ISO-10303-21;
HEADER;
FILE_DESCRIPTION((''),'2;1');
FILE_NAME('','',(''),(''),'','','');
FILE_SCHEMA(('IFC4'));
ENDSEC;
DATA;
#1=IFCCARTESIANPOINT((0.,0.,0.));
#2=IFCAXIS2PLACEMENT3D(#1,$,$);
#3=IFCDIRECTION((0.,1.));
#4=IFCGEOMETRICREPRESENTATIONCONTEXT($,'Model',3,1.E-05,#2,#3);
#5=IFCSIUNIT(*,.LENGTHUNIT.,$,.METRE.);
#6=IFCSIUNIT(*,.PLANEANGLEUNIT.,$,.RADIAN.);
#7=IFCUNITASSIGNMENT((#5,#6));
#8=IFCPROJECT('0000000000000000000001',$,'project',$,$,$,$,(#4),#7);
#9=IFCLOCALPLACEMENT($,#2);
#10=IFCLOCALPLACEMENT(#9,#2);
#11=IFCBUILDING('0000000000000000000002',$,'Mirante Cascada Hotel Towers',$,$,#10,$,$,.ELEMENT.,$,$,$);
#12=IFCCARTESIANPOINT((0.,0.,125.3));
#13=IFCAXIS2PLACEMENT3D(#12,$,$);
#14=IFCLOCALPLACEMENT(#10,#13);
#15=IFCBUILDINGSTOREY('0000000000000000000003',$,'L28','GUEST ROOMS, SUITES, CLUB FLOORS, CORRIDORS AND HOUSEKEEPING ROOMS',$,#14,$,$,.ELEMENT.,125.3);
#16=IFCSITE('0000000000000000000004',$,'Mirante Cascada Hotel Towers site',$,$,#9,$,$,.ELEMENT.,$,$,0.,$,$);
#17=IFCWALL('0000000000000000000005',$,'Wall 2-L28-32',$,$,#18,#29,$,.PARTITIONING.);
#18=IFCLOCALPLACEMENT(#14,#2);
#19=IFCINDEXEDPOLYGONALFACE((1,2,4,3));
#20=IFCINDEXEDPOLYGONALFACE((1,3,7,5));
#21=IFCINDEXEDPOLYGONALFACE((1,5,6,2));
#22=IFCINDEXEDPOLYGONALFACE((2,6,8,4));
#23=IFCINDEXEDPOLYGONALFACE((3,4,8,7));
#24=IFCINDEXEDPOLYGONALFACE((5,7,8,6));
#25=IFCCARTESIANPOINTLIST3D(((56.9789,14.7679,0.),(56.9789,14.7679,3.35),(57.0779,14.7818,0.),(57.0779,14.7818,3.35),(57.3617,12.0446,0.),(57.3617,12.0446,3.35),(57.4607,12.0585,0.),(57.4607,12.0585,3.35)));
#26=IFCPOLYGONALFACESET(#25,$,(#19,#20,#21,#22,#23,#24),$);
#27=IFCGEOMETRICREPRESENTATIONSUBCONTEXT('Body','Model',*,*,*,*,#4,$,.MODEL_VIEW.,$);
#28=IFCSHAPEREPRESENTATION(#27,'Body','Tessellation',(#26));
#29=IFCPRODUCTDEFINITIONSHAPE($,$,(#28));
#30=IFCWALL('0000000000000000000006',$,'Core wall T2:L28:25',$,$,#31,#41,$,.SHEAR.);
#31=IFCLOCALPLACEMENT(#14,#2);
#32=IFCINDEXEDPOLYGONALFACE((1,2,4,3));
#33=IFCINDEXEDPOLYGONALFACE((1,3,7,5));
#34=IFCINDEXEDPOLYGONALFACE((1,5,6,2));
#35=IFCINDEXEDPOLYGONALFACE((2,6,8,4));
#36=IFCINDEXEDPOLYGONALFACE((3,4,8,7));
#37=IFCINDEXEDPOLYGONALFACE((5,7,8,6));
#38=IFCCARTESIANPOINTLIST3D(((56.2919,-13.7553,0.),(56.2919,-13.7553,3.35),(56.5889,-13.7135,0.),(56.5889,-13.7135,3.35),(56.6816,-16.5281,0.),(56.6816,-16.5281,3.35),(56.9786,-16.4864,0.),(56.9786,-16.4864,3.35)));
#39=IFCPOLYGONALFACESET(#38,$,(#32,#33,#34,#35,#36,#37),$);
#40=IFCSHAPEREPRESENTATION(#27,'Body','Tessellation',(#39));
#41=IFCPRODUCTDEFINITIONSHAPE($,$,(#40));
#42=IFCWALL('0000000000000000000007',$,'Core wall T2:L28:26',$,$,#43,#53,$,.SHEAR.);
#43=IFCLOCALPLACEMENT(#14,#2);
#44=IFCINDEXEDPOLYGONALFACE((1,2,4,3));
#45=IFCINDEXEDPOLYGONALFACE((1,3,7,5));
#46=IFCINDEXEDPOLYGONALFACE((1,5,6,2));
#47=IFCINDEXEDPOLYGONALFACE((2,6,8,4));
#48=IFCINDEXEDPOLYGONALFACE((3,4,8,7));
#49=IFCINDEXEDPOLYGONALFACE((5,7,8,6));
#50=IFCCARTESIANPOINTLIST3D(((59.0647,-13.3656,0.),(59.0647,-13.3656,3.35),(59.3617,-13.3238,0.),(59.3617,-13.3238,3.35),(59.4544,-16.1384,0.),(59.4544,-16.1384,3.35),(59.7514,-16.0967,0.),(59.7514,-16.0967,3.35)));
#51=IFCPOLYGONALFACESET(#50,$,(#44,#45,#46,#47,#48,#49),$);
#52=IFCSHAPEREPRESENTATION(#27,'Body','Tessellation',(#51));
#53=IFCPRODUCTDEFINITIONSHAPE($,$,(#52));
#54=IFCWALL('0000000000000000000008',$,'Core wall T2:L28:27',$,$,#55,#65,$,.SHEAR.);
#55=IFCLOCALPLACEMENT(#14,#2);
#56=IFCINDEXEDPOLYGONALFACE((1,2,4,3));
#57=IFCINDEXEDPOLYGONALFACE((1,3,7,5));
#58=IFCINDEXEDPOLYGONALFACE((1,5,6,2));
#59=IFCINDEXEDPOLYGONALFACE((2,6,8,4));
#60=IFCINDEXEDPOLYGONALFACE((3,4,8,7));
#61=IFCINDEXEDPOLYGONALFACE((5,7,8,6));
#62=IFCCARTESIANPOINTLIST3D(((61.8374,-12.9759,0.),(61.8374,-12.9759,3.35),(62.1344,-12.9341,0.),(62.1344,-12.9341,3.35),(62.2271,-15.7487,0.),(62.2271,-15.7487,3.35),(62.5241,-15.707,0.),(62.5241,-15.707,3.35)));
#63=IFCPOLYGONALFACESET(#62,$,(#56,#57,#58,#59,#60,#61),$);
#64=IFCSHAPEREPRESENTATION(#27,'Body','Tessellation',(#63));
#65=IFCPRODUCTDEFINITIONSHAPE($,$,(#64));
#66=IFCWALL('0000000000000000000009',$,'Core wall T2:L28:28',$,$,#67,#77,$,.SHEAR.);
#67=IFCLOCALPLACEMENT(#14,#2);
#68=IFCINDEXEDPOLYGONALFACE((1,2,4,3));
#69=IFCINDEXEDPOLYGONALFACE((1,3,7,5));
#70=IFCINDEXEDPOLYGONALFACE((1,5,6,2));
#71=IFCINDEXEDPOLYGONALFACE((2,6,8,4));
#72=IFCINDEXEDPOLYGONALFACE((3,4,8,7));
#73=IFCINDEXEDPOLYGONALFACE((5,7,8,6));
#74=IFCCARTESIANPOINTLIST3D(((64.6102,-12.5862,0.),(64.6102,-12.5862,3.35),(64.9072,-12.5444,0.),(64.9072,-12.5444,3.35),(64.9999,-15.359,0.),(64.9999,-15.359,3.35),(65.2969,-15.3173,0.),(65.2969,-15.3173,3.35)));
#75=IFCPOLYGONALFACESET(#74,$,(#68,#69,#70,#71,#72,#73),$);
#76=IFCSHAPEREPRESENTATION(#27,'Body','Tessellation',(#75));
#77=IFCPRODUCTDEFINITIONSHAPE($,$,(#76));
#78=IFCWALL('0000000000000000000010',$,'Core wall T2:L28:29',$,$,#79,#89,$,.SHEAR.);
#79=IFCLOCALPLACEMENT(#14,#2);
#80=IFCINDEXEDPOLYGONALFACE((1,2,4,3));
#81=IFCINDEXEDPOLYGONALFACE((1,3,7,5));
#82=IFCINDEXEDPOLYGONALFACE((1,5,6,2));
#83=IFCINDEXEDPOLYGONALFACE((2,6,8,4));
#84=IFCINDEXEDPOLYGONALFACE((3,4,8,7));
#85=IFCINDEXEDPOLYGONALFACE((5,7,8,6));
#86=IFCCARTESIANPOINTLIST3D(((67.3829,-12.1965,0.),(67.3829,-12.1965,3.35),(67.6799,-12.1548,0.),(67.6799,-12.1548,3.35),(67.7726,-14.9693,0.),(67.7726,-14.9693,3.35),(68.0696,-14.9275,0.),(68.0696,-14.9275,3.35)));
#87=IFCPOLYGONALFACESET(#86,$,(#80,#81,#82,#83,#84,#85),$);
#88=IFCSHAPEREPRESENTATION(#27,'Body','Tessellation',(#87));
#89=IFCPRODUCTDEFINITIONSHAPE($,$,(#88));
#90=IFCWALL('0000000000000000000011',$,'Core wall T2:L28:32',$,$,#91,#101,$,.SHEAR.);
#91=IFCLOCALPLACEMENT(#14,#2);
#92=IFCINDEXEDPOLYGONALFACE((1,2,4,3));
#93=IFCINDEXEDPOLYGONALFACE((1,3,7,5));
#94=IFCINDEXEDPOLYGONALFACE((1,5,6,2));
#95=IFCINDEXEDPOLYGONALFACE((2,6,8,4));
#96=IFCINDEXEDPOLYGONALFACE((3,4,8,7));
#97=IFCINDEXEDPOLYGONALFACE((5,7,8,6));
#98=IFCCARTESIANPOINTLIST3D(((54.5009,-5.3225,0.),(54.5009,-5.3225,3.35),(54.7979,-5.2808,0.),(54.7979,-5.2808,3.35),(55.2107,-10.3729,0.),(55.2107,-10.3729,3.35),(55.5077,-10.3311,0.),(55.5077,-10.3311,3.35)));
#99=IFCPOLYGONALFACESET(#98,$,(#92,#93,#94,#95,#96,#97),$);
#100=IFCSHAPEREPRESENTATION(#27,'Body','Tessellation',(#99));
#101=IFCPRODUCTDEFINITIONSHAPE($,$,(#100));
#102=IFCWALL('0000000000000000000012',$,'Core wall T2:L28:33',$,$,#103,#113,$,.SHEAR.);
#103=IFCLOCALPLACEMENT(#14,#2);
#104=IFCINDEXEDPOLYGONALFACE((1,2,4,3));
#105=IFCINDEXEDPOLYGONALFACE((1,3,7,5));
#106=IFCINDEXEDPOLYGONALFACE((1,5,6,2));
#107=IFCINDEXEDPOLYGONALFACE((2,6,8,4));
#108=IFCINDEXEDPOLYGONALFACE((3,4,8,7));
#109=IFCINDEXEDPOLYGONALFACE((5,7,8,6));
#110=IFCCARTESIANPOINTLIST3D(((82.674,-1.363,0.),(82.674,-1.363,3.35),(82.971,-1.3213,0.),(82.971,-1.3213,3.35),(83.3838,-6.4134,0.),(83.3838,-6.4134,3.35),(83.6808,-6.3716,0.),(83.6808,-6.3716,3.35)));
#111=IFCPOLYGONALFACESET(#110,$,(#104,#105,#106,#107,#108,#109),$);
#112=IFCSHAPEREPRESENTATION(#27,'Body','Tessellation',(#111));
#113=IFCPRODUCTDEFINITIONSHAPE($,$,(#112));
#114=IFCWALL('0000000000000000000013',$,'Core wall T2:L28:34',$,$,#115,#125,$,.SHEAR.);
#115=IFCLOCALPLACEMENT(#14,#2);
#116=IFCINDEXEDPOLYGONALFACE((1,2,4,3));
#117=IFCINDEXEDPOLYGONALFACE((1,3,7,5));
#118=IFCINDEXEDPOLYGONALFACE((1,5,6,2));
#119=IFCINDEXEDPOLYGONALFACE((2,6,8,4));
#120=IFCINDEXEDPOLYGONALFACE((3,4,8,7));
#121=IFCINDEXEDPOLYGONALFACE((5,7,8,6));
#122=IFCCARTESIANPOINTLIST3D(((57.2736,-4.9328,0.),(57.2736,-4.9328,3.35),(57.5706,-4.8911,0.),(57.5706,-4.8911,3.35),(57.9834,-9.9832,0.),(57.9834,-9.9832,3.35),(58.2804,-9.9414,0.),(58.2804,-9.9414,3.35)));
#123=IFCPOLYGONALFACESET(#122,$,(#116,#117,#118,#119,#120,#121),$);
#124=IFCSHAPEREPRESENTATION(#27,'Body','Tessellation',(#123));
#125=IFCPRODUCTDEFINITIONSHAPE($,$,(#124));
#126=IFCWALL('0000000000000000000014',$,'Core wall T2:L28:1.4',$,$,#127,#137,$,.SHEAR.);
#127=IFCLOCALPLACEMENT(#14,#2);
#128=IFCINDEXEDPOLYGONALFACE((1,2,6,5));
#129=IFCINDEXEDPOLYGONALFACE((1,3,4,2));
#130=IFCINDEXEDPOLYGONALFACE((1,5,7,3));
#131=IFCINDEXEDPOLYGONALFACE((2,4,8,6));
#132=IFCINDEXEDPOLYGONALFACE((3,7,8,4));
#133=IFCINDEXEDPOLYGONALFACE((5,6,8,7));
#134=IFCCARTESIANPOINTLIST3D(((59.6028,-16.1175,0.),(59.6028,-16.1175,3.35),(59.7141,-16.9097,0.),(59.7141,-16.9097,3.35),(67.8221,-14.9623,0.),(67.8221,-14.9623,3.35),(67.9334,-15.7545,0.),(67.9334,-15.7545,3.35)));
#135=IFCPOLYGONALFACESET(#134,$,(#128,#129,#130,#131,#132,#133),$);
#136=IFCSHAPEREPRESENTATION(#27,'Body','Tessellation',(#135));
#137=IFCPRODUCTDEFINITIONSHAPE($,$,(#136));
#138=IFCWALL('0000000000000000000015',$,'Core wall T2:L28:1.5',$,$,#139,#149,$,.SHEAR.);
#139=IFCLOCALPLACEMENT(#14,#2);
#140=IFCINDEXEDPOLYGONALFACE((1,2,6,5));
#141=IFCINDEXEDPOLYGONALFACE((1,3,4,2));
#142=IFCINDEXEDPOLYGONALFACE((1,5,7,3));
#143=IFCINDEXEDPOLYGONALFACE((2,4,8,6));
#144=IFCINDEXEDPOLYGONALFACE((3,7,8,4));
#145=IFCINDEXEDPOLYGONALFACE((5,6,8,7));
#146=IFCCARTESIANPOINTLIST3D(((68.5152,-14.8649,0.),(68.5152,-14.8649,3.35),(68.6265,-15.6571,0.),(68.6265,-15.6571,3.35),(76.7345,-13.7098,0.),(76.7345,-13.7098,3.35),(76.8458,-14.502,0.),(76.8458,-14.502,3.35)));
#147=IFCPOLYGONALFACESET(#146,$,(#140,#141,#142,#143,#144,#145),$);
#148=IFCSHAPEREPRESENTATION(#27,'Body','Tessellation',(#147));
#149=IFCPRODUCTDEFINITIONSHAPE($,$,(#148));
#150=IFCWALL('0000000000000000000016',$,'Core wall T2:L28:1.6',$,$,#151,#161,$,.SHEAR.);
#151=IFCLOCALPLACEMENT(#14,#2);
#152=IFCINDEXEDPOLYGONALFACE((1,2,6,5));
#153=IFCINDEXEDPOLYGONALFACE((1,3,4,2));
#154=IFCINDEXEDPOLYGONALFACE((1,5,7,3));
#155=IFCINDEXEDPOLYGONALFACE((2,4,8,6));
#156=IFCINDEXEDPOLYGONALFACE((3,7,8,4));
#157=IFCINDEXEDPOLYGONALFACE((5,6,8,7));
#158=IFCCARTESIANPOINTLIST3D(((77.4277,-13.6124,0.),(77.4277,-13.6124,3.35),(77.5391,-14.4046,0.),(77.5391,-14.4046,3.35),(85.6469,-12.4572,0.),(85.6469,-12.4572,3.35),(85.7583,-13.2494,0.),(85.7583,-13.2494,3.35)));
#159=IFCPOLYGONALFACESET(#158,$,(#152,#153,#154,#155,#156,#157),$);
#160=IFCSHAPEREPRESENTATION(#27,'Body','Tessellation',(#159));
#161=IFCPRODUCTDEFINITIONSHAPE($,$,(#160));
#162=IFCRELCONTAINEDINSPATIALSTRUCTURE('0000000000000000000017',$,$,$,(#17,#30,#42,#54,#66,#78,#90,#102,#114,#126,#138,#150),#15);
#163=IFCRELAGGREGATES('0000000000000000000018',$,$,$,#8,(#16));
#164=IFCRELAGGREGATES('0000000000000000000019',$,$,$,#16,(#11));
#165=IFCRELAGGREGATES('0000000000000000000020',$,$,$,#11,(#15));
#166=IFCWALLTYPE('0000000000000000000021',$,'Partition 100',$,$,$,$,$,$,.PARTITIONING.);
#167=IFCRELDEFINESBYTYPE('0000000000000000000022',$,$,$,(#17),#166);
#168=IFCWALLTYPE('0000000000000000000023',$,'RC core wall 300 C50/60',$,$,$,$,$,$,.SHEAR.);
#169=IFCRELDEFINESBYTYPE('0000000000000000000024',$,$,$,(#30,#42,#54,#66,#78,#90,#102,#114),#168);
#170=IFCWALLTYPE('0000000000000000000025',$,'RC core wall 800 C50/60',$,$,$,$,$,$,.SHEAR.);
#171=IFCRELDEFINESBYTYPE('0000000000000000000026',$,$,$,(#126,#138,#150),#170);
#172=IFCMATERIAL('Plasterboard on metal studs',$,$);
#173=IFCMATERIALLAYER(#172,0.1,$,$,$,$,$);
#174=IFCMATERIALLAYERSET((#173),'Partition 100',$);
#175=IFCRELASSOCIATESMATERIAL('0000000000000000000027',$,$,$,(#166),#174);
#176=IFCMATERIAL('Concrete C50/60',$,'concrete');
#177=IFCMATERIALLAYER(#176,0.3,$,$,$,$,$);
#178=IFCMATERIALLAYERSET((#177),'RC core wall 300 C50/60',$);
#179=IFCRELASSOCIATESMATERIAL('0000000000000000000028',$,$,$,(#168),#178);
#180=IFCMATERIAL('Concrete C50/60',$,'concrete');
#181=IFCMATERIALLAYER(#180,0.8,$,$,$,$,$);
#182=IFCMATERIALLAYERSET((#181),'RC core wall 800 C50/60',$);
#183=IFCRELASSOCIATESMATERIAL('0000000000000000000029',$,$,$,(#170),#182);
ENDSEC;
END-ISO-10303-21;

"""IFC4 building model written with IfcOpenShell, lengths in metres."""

from ifc_helpers import new_model, si_unit, direction, frame, frame_2d, origin, place, context, subcontext, project, spatial, rectangle, extrude, material, layer, layer_set, type_object, element, save


model = new_model("IFC4")

# Units and contexts
model_context = context("Model", 3, precision=1e-05, world=origin(), true_north=direction((0.0, 1.0)))
body_context = subcontext(model_context, "Body", "Model", "MODEL_VIEW")
ifc_project = project(units=[si_unit("LENGTHUNIT", "METRE"), si_unit("PLANEANGLEUNIT", "RADIAN")], contexts=[model_context])

# Site, building, storey
site_placement = place(None, origin())
site = spatial("IfcSite", under=ifc_project, at=site_placement, Name="Mirante Cascada Hotel Towers site", CompositionType="ELEMENT", RefElevation=0.0)
building_placement = place(site_placement, origin())
building = spatial("IfcBuilding", under=site, at=building_placement, Name="Mirante Cascada Hotel Towers", CompositionType="ELEMENT")
storey_placement = place(building_placement, frame((0.0, 0.0, 125.3)))
storey = spatial("IfcBuildingStorey", under=building, at=storey_placement, Name="L28", Description="GUEST ROOMS, SUITES, CLUB FLOORS, CORRIDORS AND HOUSEKEEPING ROOMS", CompositionType="ELEMENT", Elevation=125.3)

# Walls
ifc_material_1 = material(Name="Plasterboard on metal studs")
ifc_layer_1 = layer(ifc_material_1, 0.1)
ifc_layer_set_1 = layer_set([ifc_layer_1], Name="Partition 100")
wall_type_1 = type_object("IfcWallType", Name="Partition 100", PredefinedType="PARTITIONING", material=ifc_layer_set_1)
wall_1_placement = place(storey_placement, frame((57.0284, 14.7749, 0.0), z_axis=(0.0, 0.0, 1.0), x_axis=(0.139196, -0.990265, 0.0)))
element("IfcWall", 1, at=wall_1_placement, inside=storey, type_object=wall_type_1, Name="Wall 2-L28-32", PredefinedType="PARTITIONING", context=body_context, shape_type="SweptSolid", body=[
    extrude(rectangle(XDim=2.7501, YDim=0.1, at=frame_2d((1.3751, 0.0))), origin(), (0.0, 0.0, 1.0), 3.35),
])
ifc_material_2 = material(Name="Concrete C50/60", Category="concrete")
ifc_layer_2 = layer(ifc_material_2, 0.3)
ifc_layer_set_2 = layer_set([ifc_layer_2], Name="RC core wall 300 C50/60")
wall_type_2 = type_object("IfcWallType", Name="RC core wall 300 C50/60", PredefinedType="SHEAR", material=ifc_layer_set_2)
for number, where, z_axis, x_axis, name in (
    (2, (56.8301, -16.5072, 0.0), (0.0, 0.0, 1.0), (-0.139176, 0.990268, 0.0), "Core wall T2:L28:25"),
    (3, (59.6029, -16.1175, 0.0), (0.0, 0.0, 1.0), (-0.139176, 0.990268, 0.0), "Core wall T2:L28:26"),
    (4, (62.3756, -15.7278, 0.0), (0.0, 0.0, 1.0), (-0.139176, 0.990268, 0.0), "Core wall T2:L28:27"),
    (5, (65.1484, -15.3381, 0.0), (0.0, 0.0, 1.0), (-0.139176, 0.990268, 0.0), "Core wall T2:L28:28"),
):
    element("IfcWall", number, at=place(storey_placement, frame(where, z_axis=z_axis, x_axis=x_axis)), inside=storey, type_object=wall_type_2, Name=name, PredefinedType="SHEAR", context=body_context, shape_type="SweptSolid", body=[
        extrude(rectangle(XDim=2.8001, YDim=0.3, at=frame_2d((1.4, 0.0))), origin(), (0.0, 0.0, 1.0), 3.35),
    ])
wall_2_placement = place(storey_placement, frame((67.9211, -14.9484, 0.0), z_axis=(0.0, 0.0, 1.0), x_axis=(-0.139181, 0.990267, 0.0)))
element("IfcWall", 6, at=wall_2_placement, inside=storey, type_object=wall_type_2, Name="Core wall T2:L28:29", PredefinedType="SHEAR", context=body_context, shape_type="SweptSolid", body=[
    extrude(rectangle(XDim=2.8, YDim=0.3, at=frame_2d((1.4, 0.0))), origin(), (0.0, 0.0, 1.0), 3.35),
])
for number, where, z_axis, x_axis, name in (
    (7, (55.3592, -10.352, 0.0), (0.0, 0.0, 1.0), (-0.139176, 0.990268, 0.0), "Core wall T2:L28:32"),
    (8, (83.5323, -6.3925, 0.0), (0.0, 0.0, 1.0), (-0.139176, 0.990268, 0.0), "Core wall T2:L28:33"),
    (9, (58.1319, -9.9623, 0.0), (0.0, 0.0, 1.0), (-0.139176, 0.990268, 0.0), "Core wall T2:L28:34"),
):
    element("IfcWall", number, at=place(storey_placement, frame(where, z_axis=z_axis, x_axis=x_axis)), inside=storey, type_object=wall_type_2, Name=name, PredefinedType="SHEAR", context=body_context, shape_type="SweptSolid", body=[
        extrude(rectangle(XDim=5.1, YDim=0.3, at=frame_2d((2.55, 0.0))), origin(), (0.0, 0.0, 1.0), 3.35),
    ])
ifc_material_3 = material(Name="Concrete C50/60", Category="concrete")
ifc_layer_3 = layer(ifc_material_3, 0.8)
ifc_layer_set_3 = layer_set([ifc_layer_3], Name="RC core wall 800 C50/60")
wall_type_3 = type_object("IfcWallType", Name="RC core wall 800 C50/60", PredefinedType="SHEAR", material=ifc_layer_set_3)
for number, where, z_axis, x_axis, name in (
    (10, (59.6585, -16.5136, 0.0), (0.0, 0.0, 1.0), (0.990267, 0.139179, 0.0), "Core wall T2:L28:1.4"),
    (11, (68.5709, -15.261, 0.0), (0.0, 0.0, 1.0), (0.990269, 0.139167, 0.0), "Core wall T2:L28:1.5"),
):
    element("IfcWall", number, at=place(storey_placement, frame(where, z_axis=z_axis, x_axis=x_axis)), inside=storey, type_object=wall_type_3, Name=name, PredefinedType="SHEAR", context=body_context, shape_type="SweptSolid", body=[
        extrude(rectangle(XDim=8.3001, YDim=0.8, at=frame_2d((4.15, 0.0))), origin(), (0.0, 0.0, 1.0), 3.35),
    ])
wall_3_placement = place(storey_placement, frame((77.4834, -14.0085, 0.0), z_axis=(0.0, 0.0, 1.0), x_axis=(0.990267, 0.139181, 0.0)))
element("IfcWall", 12, at=wall_3_placement, inside=storey, type_object=wall_type_3, Name="Core wall T2:L28:1.6", PredefinedType="SHEAR", context=body_context, shape_type="SweptSolid", body=[
    extrude(rectangle(XDim=8.3, YDim=0.8, at=frame_2d((4.15, 0.0))), origin(), (0.0, 0.0, 1.0), 3.35),
])

save(model, "model.ifc")
